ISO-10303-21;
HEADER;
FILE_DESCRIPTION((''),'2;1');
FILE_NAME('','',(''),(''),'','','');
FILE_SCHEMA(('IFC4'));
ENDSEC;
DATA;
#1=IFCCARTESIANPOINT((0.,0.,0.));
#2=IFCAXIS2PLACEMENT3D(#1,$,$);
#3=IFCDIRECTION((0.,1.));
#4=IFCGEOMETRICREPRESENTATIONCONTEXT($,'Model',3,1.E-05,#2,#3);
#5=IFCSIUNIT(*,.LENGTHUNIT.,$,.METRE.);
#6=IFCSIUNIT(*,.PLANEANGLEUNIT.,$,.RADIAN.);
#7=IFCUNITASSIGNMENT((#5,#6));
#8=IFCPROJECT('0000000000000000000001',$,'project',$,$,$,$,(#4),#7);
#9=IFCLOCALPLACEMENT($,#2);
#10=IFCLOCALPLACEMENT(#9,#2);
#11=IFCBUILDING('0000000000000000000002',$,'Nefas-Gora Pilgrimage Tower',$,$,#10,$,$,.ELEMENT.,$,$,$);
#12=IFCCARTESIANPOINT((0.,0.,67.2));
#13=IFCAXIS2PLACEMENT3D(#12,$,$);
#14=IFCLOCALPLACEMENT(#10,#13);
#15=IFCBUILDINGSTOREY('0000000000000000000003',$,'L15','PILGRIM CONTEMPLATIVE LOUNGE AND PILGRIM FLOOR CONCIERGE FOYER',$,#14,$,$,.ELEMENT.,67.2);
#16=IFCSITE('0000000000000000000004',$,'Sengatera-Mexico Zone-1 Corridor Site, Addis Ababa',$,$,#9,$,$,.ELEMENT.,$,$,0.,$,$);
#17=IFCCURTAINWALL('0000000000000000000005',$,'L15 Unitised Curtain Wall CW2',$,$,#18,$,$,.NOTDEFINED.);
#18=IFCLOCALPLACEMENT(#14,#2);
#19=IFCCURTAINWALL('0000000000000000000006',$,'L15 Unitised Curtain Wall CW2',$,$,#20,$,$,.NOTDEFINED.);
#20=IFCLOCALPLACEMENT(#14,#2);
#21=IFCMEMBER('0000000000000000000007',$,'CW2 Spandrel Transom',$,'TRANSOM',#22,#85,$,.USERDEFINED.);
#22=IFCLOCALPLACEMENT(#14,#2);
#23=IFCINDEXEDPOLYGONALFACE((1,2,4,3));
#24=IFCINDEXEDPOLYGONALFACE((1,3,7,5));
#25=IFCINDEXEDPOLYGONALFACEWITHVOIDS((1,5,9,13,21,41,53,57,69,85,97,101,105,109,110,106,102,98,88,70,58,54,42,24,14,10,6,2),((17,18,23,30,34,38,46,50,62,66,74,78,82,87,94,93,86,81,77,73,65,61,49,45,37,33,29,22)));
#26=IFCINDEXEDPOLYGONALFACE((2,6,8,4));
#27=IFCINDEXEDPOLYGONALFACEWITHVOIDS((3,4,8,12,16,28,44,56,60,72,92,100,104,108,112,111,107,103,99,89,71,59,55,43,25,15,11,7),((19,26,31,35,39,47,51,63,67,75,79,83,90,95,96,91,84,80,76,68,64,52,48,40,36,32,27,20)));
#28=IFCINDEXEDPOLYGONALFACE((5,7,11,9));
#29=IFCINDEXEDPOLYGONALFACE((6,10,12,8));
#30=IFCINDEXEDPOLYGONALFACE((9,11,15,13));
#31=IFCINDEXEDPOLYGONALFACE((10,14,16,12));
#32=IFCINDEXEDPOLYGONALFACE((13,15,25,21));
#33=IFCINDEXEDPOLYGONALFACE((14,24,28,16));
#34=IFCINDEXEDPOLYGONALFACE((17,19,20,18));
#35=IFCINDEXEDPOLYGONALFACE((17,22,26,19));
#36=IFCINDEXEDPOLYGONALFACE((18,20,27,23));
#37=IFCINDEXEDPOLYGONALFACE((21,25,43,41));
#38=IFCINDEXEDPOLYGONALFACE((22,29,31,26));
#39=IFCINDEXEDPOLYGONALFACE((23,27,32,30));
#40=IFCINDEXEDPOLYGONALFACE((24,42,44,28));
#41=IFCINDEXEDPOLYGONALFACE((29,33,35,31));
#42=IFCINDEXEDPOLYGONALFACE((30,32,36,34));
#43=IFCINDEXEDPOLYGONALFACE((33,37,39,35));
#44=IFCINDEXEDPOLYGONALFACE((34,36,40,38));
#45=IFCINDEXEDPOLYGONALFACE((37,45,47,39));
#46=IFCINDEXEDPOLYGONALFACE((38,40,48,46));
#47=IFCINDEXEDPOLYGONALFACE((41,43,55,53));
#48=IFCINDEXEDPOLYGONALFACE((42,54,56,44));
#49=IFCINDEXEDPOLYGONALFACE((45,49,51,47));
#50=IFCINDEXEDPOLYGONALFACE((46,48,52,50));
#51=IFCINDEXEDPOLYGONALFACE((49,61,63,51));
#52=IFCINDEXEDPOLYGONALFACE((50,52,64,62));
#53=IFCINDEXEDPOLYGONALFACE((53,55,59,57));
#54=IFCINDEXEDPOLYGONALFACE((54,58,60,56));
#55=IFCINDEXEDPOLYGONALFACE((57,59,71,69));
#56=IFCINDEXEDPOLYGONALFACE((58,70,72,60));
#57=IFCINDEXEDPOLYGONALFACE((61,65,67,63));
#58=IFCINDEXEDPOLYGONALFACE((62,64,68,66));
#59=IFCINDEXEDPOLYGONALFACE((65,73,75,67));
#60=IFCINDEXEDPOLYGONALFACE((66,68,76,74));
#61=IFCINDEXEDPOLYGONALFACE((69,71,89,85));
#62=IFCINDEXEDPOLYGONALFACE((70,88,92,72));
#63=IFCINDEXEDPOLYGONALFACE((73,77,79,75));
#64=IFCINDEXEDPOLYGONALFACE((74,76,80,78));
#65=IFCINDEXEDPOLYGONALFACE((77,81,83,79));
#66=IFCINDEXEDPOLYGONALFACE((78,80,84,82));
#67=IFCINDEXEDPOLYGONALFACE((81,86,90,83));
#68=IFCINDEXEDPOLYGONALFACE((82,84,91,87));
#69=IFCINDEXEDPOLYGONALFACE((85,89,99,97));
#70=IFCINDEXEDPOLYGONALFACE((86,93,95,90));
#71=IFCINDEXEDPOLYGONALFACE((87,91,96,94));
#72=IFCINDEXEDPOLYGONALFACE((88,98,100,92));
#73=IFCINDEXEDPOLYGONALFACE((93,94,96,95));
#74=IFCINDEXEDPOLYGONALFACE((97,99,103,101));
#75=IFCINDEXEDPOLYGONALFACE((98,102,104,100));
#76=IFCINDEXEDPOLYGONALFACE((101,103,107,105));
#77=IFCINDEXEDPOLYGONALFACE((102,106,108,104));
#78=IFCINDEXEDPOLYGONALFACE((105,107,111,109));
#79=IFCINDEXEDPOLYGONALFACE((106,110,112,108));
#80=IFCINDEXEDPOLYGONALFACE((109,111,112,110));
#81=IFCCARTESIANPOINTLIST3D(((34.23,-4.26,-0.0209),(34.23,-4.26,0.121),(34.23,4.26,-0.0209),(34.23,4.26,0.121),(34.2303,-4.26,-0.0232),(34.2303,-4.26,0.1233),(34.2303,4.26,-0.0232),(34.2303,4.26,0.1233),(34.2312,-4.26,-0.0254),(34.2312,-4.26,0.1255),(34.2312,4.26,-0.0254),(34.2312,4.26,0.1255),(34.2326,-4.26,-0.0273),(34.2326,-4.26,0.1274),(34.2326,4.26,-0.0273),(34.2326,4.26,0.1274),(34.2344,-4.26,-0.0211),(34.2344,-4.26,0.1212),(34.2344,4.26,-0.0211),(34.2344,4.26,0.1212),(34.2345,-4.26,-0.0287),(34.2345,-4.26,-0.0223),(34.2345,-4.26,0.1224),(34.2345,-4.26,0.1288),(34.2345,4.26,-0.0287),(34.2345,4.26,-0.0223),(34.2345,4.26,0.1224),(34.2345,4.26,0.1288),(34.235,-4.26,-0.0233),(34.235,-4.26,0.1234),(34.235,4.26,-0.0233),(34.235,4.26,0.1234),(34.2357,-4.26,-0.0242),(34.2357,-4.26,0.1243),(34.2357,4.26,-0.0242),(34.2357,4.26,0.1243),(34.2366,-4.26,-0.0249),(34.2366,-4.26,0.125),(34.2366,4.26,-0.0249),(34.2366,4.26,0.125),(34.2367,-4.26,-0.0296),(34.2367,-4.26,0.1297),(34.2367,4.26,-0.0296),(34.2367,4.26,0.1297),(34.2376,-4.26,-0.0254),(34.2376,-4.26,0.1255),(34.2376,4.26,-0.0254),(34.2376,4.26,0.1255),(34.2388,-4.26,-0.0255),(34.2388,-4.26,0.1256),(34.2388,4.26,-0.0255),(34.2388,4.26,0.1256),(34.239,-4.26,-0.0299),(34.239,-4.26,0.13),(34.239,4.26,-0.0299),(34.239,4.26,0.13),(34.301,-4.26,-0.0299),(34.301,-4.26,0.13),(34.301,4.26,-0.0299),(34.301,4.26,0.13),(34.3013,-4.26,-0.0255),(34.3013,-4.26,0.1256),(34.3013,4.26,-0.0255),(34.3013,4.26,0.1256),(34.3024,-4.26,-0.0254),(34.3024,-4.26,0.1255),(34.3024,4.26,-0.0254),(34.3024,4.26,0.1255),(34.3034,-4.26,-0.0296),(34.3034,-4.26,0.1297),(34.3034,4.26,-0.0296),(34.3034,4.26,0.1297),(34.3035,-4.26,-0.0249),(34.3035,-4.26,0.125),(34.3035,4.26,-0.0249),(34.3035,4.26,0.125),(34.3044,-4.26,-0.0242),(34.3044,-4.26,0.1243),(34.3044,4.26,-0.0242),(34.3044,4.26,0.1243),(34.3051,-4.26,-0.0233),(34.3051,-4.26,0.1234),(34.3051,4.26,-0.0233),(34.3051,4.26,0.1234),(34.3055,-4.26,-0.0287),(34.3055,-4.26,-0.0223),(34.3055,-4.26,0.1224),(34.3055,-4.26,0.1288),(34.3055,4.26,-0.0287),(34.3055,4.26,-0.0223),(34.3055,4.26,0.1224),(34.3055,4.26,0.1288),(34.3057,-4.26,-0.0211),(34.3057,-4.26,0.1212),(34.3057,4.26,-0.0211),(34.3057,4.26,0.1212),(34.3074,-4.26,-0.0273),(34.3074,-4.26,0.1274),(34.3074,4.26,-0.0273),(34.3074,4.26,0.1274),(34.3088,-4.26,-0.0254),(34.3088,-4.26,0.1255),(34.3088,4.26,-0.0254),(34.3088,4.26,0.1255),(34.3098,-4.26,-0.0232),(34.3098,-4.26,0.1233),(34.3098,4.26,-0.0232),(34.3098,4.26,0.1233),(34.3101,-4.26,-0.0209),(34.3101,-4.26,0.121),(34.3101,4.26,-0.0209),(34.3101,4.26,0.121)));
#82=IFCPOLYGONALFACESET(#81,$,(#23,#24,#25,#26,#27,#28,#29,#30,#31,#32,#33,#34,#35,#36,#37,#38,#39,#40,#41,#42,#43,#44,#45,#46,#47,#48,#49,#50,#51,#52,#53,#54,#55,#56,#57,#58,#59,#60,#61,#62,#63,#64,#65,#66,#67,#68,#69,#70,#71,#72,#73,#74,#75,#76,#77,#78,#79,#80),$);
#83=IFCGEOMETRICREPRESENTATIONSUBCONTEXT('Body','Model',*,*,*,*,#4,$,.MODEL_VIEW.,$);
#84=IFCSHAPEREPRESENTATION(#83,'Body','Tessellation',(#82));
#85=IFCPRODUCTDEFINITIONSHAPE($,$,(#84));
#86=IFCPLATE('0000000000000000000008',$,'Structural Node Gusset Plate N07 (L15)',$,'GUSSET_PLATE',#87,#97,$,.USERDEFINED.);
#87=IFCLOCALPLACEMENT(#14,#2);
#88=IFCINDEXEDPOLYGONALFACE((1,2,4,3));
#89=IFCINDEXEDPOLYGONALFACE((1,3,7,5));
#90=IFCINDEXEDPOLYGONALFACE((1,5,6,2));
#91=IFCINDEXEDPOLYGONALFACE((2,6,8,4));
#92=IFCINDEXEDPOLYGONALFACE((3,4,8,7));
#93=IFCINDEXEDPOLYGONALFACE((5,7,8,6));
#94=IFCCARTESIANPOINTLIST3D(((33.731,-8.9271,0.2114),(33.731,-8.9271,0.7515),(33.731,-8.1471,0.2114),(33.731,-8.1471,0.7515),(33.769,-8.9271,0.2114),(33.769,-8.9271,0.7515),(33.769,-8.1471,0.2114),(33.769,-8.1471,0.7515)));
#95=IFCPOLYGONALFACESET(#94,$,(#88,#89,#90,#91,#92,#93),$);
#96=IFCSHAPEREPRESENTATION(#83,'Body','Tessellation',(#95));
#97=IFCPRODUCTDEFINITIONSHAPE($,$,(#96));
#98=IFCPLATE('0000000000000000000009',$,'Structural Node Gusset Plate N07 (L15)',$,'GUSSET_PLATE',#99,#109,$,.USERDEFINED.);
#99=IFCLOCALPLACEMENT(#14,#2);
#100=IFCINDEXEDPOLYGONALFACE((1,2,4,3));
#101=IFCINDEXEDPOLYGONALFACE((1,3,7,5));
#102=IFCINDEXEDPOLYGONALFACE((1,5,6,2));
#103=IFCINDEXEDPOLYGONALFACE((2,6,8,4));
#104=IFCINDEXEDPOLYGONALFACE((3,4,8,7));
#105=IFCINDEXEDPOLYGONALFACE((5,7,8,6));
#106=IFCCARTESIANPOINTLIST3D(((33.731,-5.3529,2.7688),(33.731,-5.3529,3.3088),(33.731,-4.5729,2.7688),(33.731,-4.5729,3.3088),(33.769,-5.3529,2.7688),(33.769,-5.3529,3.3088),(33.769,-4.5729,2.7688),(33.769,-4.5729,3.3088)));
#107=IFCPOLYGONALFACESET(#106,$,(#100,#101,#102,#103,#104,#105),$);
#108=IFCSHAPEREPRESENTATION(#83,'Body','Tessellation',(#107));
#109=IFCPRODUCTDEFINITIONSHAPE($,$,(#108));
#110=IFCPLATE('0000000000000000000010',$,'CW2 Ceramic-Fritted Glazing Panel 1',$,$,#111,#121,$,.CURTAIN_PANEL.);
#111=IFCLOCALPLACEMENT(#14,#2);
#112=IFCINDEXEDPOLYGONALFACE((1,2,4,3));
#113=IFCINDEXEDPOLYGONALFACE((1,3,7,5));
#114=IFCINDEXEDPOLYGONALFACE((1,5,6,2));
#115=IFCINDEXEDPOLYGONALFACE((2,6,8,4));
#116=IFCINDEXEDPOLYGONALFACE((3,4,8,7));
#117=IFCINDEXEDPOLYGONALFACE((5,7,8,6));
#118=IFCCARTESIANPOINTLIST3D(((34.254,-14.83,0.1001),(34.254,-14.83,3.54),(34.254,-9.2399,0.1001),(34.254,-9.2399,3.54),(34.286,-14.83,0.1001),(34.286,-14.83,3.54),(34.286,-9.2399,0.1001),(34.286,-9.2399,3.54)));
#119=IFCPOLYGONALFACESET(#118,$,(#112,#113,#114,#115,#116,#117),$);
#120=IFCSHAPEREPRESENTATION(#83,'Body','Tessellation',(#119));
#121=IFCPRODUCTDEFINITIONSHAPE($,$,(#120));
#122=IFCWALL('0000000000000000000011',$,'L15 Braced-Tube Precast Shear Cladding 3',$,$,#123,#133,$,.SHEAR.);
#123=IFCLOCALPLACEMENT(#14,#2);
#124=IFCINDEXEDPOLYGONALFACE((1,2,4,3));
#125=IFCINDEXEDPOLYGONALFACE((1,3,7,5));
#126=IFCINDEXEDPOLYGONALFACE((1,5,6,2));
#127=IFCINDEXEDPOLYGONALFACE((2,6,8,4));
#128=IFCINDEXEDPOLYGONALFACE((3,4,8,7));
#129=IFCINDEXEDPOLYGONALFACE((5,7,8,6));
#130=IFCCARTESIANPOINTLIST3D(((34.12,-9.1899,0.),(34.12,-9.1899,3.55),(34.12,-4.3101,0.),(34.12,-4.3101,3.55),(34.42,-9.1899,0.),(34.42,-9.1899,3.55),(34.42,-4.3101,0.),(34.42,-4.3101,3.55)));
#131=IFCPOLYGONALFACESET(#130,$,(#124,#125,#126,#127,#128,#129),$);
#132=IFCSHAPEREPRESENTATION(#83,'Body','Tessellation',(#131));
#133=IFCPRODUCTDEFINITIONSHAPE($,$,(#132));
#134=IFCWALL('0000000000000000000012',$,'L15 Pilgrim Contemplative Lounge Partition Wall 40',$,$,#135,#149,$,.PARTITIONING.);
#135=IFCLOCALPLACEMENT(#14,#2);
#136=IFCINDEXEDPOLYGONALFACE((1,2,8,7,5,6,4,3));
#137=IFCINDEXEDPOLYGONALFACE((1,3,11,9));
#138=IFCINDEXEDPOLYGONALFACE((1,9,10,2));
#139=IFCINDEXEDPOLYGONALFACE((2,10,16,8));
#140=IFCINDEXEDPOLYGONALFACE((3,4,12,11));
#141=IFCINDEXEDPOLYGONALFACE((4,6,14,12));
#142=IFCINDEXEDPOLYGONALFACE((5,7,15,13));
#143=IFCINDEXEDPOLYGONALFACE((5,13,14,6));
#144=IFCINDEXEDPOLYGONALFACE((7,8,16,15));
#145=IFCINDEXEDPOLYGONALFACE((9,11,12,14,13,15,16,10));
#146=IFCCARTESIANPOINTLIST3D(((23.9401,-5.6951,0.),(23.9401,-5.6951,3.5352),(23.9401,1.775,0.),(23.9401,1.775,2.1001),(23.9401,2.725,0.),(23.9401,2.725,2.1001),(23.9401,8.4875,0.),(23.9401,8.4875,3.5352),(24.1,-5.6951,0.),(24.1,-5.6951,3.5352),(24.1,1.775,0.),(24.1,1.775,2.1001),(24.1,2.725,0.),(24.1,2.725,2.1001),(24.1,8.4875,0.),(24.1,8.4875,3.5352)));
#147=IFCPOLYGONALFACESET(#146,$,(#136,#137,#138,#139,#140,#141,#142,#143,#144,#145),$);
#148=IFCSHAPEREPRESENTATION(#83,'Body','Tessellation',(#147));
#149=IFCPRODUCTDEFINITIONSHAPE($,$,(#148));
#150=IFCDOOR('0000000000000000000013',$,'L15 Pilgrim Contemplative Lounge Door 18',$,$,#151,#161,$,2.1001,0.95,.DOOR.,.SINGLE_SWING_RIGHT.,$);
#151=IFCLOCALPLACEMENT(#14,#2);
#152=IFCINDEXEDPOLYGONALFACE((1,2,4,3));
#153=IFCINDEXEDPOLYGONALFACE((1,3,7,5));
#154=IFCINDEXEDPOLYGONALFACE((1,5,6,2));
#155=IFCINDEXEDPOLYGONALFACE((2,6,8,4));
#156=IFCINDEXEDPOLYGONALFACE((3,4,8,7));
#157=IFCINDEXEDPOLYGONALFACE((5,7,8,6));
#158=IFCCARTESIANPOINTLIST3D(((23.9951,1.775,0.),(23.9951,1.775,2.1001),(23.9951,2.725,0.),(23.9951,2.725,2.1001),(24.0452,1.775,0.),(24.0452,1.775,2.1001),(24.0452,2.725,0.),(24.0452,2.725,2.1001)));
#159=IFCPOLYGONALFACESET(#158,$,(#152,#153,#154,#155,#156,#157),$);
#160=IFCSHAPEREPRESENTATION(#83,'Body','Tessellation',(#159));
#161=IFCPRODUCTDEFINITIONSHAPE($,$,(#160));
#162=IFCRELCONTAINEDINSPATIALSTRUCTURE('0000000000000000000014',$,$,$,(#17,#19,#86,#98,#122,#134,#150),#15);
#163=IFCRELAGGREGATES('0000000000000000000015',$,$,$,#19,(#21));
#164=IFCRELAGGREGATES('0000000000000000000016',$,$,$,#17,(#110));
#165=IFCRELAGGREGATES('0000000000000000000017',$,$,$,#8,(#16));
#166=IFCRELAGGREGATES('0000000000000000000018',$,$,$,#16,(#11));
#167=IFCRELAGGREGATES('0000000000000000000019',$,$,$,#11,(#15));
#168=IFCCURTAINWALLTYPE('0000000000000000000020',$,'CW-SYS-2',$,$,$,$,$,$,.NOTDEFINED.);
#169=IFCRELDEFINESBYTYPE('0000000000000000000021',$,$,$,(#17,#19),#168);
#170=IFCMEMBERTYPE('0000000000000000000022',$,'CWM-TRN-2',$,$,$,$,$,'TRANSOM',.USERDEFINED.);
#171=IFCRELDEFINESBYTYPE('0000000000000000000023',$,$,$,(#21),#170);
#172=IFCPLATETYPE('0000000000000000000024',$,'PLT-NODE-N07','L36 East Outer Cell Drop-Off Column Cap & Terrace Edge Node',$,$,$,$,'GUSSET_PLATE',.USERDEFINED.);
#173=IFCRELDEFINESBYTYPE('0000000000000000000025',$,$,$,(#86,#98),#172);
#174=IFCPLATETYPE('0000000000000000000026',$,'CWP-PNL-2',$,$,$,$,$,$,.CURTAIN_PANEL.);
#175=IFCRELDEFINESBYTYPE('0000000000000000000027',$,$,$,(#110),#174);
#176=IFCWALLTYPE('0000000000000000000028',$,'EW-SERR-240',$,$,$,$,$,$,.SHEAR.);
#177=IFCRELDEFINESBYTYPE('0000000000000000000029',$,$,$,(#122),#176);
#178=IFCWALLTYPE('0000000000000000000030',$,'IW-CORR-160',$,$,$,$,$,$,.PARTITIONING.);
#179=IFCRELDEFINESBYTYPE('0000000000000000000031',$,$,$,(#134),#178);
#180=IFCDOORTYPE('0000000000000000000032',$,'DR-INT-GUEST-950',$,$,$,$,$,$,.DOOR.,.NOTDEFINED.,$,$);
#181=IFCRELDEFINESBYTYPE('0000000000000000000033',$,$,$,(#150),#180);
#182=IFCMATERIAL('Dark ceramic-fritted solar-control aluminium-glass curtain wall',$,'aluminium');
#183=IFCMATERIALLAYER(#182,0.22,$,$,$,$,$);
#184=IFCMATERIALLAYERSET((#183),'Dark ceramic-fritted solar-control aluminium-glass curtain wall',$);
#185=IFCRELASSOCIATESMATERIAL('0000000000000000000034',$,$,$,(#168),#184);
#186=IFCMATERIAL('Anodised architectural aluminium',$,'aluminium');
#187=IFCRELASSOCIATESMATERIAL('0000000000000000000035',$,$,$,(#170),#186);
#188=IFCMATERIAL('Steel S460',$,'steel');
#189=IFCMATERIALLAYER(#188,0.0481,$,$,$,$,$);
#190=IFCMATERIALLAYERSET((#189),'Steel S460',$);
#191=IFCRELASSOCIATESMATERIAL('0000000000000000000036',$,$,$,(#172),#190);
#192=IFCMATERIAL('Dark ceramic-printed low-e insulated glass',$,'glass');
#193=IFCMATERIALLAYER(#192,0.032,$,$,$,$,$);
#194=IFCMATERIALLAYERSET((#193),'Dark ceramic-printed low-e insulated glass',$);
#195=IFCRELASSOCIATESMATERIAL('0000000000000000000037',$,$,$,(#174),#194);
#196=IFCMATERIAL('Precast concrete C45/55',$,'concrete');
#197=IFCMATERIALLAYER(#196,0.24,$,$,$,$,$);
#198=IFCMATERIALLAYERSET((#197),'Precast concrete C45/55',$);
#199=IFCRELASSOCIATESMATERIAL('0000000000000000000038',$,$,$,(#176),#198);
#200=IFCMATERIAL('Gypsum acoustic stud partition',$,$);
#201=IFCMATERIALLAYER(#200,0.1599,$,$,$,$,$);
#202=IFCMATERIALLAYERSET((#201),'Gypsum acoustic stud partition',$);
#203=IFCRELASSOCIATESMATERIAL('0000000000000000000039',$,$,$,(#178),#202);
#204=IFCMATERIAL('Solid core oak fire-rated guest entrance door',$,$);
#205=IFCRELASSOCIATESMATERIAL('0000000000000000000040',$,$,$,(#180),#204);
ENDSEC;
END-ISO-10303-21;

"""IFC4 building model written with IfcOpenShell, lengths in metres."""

from ifc_helpers import new_model, si_unit, direction, frame, frame_2d, origin, origin_2d, place, context, subcontext, project, spatial, rectangle, hollow_rectangle, extrude, source, transform, mapped, material, layer, layer_set, material_profile, profile_set, type_object, element, fill, aggregate, save


model = new_model("IFC4")

# Units and contexts
model_context = context("Model", 3, precision=1e-05, world=origin(), true_north=direction((0.0, 1.0)))
body_context = subcontext(model_context, "Body", "Model", "MODEL_VIEW")
ifc_project = project(units=[si_unit("LENGTHUNIT", "METRE"), si_unit("PLANEANGLEUNIT", "RADIAN")], contexts=[model_context])

# Site, building, storey
site_placement = place(None, origin())
site = spatial("IfcSite", under=ifc_project, at=site_placement, Name="Sengatera-Mexico Zone-1 Corridor Site, Addis Ababa", CompositionType="ELEMENT", RefElevation=0.0)
building_placement = place(site_placement, origin())
building = spatial("IfcBuilding", under=site, at=building_placement, Name="Nefas-Gora Pilgrimage Tower", CompositionType="ELEMENT")
storey_placement = place(building_placement, frame((0.0, 0.0, 67.2)))
storey = spatial("IfcBuildingStorey", under=building, at=storey_placement, Name="L15", Description="PILGRIM CONTEMPLATIVE LOUNGE AND PILGRIM FLOOR CONCIERGE FOYER", CompositionType="ELEMENT", Elevation=67.2)

# Shared definitions
ifc_material_1 = material(Name="Steel S460", Category="steel")

# Curtain wall
ifc_material_2 = material(Name="Dark ceramic-fritted solar-control aluminium-glass curtain wall", Category="aluminium")
ifc_layer_1 = layer(ifc_material_2, 0.22)
ifc_layer_set_1 = layer_set([ifc_layer_1], Name="Dark ceramic-fritted solar-control aluminium-glass curtain wall")
curtain_wall_type = type_object("IfcCurtainWallType", Name="CW-SYS-2", PredefinedType="NOTDEFINED", material=ifc_layer_set_1)
curtain_wall_1_placement = place(storey_placement, origin())
curtain_wall_1 = element("IfcCurtainWall", 1, at=curtain_wall_1_placement, inside=storey, type_object=curtain_wall_type, Name="L15 Unitised Curtain Wall CW2", PredefinedType="NOTDEFINED")
ifc_material_3 = material(Name="Anodised architectural aluminium", Category="aluminium")

# Curtain wall, member
curtain_wall_2_placement = place(storey_placement, origin())
curtain_wall_2 = element("IfcCurtainWall", 2, at=curtain_wall_2_placement, inside=storey, type_object=curtain_wall_type, Name="L15 Unitised Curtain Wall CW2", PredefinedType="NOTDEFINED")
ifc_material_profile_1 = material_profile(ifc_material_3, hollow_rectangle(XDim=0.0801, YDim=0.1599, WallThickness=0.0044, InnerFilletRadius=0.0044, OuterFilletRadius=0.009, at=origin_2d()), Name="ALU TRANSOM 80x160")
ifc_profile_set_1 = profile_set([ifc_material_profile_1], Name="Anodised architectural aluminium")
member_type_1 = type_object("IfcMemberType", Name="CWM-TRN-2", ElementType="TRANSOM", PredefinedType="USERDEFINED", material=ifc_profile_set_1)
shared_shape_1 = source(origin(), body_context, "Body", "SweptSolid", [
    extrude(hollow_rectangle(XDim=0.0801, YDim=0.1599, WallThickness=0.0044, InnerFilletRadius=0.0044, OuterFilletRadius=0.009, at=origin_2d()), origin(), (0.0, 0.0, 1.0), 8.52),
])
member_1_placement = place(storey_placement, frame((34.27, -4.26, 0.05), z_axis=(0.0, 1.0, 0.0), x_axis=(-1.0, 0.0, 0.0)))
member_1 = element("IfcMember", 3, at=member_1_placement, type_object=member_type_1, Name="CW2 Spandrel Transom", ObjectType="TRANSOM", PredefinedType="USERDEFINED", context=body_context, shape_type="MappedRepresentation", body=[
    mapped(shared_shape_1, transform((0.0, 0.0, 0.0), x_axis=(1.0, 0.0, 0.0), y_axis=(0.0, 1.0, 0.0), z_axis=(0.0, 0.0, 1.0), scale=1.0)),
])
aggregate(curtain_wall_2, [member_1])

# Plates
ifc_layer_2 = layer(ifc_material_1, 0.0481)
ifc_layer_set_2 = layer_set([ifc_layer_2], Name="Steel S460")
plate_type_1 = type_object("IfcPlateType", Name="PLT-NODE-N07", Description="L36 East Outer Cell Drop-Off Column Cap & Terrace Edge Node", ElementType="GUSSET_PLATE", PredefinedType="USERDEFINED", material=ifc_layer_set_2)
shared_shape_2 = source(origin(), body_context, "Body", "SweptSolid", [
    extrude(rectangle(XDim=0.78, YDim=0.0381, at=origin_2d()), origin(), (0.0, 0.0, 1.0), 0.54),
])
for number, where, z_axis, x_axis, name in (
    (4, (33.75, -8.5371, 0.2114), (0.0, 0.0, 1.0), (0.0, 1.0, 0.0), "Structural Node Gusset Plate N07 (L15)"),
    (5, (33.75, -4.9629, 2.7688), (0.0, 0.0, 1.0), (0.0, 1.0, 0.0), "Structural Node Gusset Plate N07 (L15)"),
):
    element("IfcPlate", number, at=place(storey_placement, frame(where, z_axis=z_axis, x_axis=x_axis)), inside=storey, type_object=plate_type_1, Name=name, ObjectType="GUSSET_PLATE", PredefinedType="USERDEFINED", context=body_context, shape_type="MappedRepresentation", body=[
        mapped(shared_shape_2, transform((0.0, 0.0, 0.0), x_axis=(1.0, 0.0, 0.0), y_axis=(0.0, 1.0, 0.0), z_axis=(0.0, 0.0, 1.0), scale=1.0)),
    ])

# Plate
ifc_material_4 = material(Name="Dark ceramic-printed low-e insulated glass", Category="glass")
ifc_layer_3 = layer(ifc_material_4, 0.032)
ifc_layer_set_3 = layer_set([ifc_layer_3], Name="Dark ceramic-printed low-e insulated glass")
plate_type_2 = type_object("IfcPlateType", Name="CWP-PNL-2", PredefinedType="CURTAIN_PANEL", material=ifc_layer_set_3)
shared_shape_3 = source(origin(), body_context, "Body", "SweptSolid", [
    extrude(rectangle(XDim=5.5901, YDim=0.032, at=origin_2d()), origin(), (0.0, 0.0, 1.0), 3.4399),
])
plate_placement = place(storey_placement, frame((34.27, -12.0349, 0.1001), z_axis=(0.0, 0.0, 1.0), x_axis=(0.0, 1.0, 0.0)))
plate = element("IfcPlate", 6, at=plate_placement, type_object=plate_type_2, Name="CW2 Ceramic-Fritted Glazing Panel 1", PredefinedType="CURTAIN_PANEL", context=body_context, shape_type="MappedRepresentation", body=[
    mapped(shared_shape_3, transform((0.0, 0.0, 0.0), x_axis=(1.0, 0.0, 0.0), y_axis=(0.0, 1.0, 0.0), z_axis=(0.0, 0.0, 1.0), scale=1.0)),
])
aggregate(curtain_wall_1, [plate])

# Wall
ifc_material_5 = material(Name="Precast concrete C45/55", Category="concrete")
ifc_layer_4 = layer(ifc_material_5, 0.24)
ifc_layer_set_4 = layer_set([ifc_layer_4], Name="Precast concrete C45/55")
wall_type_1 = type_object("IfcWallType", Name="EW-SERR-240", PredefinedType="SHEAR", material=ifc_layer_set_4)
shared_shape_4 = source(origin(), body_context, "Body", "SweptSolid", [
    extrude(rectangle(XDim=4.8799, YDim=0.3, at=frame_2d((2.4399, 0.0))), origin(), (0.0, 0.0, 1.0), 3.55),
])
wall_1_placement = place(storey_placement, frame((34.27, -9.1899, 0.0), z_axis=(0.0, 0.0, 1.0), x_axis=(0.0, 1.0, 0.0)))
element("IfcWall", 7, at=wall_1_placement, inside=storey, type_object=wall_type_1, Name="L15 Braced-Tube Precast Shear Cladding 3", PredefinedType="SHEAR", context=body_context, shape_type="MappedRepresentation", body=[
    mapped(shared_shape_4, transform((0.0, 0.0, 0.0), x_axis=(1.0, 0.0, 0.0), y_axis=(0.0, 1.0, 0.0), z_axis=(0.0, 0.0, 1.0), scale=1.0)),
])

# Wall, opening, door
ifc_material_6 = material(Name="Gypsum acoustic stud partition")
ifc_layer_5 = layer(ifc_material_6, 0.1599)
ifc_layer_set_5 = layer_set([ifc_layer_5], Name="Gypsum acoustic stud partition")
wall_type_2 = type_object("IfcWallType", Name="IW-CORR-160", PredefinedType="PARTITIONING", material=ifc_layer_set_5)
shared_shape_5 = source(origin(), body_context, "Body", "SweptSolid", [
    extrude(rectangle(XDim=14.1826, YDim=0.1599, at=frame_2d((7.0913, 0.0))), origin(), (0.0, 0.0, 1.0), 3.5352),
])
wall_2_placement = place(storey_placement, frame((24.02, -5.6951, 0.0), z_axis=(0.0, 0.0, 1.0), x_axis=(0.0, 1.0, 0.0)))
wall_2 = element("IfcWall", 8, at=wall_2_placement, inside=storey, type_object=wall_type_2, Name="L15 Pilgrim Contemplative Lounge Partition Wall 40", PredefinedType="PARTITIONING", context=body_context, shape_type="MappedRepresentation", body=[
    mapped(shared_shape_5, transform((0.0, 0.0, 0.0), x_axis=(1.0, 0.0, 0.0), y_axis=(0.0, 1.0, 0.0), z_axis=(0.0, 0.0, 1.0), scale=1.0)),
])
opening_placement = place(wall_2_placement, frame((7.47, 0.0, 0.0)))
opening = element("IfcOpeningElement", 9, at=opening_placement, cuts=wall_2, PredefinedType="OPENING", context=body_context, shape_type="SweptSolid", body=[
    extrude(rectangle(XDim=0.95, YDim=2.1001, at=frame_2d((0.4751, 1.05))), frame((0.0, 0.0898, 0.0), z_axis=(0.0, -1.0, 0.0), x_axis=(1.0, 0.0, 0.0)), (0.0, 0.0, 1.0), 0.1799),
])
ifc_material_7 = material(Name="Solid core oak fire-rated guest entrance door")
door_type = type_object("IfcDoorType", Name="DR-INT-GUEST-950", OperationType="NOTDEFINED", PredefinedType="DOOR", material=ifc_material_7)
shared_shape_6 = source(origin(), body_context, "Body", "SweptSolid", [
    extrude(rectangle(XDim=0.95, YDim=2.1001, at=frame_2d((0.4751, 1.05))), frame((0.0, 0.0249, 0.0), z_axis=(0.0, -1.0, 0.0), x_axis=(1.0, 0.0, 0.0)), (0.0, 0.0, 1.0), 0.05),
])
door_placement = place(opening_placement, origin())
door = element("IfcDoor", 10, at=door_placement, inside=storey, type_object=door_type, Name="L15 Pilgrim Contemplative Lounge Door 18", OperationType="SINGLE_SWING_RIGHT", OverallHeight=2.1001, OverallWidth=0.95, PredefinedType="DOOR", context=body_context, shape_type="MappedRepresentation", body=[
    mapped(shared_shape_6, transform((0.0, 0.0, 0.0), x_axis=(1.0, 0.0, 0.0), y_axis=(0.0, 1.0, 0.0), z_axis=(0.0, 0.0, 1.0), scale=1.0)),
])
fill(opening, door)

save(model, "model.ifc")
